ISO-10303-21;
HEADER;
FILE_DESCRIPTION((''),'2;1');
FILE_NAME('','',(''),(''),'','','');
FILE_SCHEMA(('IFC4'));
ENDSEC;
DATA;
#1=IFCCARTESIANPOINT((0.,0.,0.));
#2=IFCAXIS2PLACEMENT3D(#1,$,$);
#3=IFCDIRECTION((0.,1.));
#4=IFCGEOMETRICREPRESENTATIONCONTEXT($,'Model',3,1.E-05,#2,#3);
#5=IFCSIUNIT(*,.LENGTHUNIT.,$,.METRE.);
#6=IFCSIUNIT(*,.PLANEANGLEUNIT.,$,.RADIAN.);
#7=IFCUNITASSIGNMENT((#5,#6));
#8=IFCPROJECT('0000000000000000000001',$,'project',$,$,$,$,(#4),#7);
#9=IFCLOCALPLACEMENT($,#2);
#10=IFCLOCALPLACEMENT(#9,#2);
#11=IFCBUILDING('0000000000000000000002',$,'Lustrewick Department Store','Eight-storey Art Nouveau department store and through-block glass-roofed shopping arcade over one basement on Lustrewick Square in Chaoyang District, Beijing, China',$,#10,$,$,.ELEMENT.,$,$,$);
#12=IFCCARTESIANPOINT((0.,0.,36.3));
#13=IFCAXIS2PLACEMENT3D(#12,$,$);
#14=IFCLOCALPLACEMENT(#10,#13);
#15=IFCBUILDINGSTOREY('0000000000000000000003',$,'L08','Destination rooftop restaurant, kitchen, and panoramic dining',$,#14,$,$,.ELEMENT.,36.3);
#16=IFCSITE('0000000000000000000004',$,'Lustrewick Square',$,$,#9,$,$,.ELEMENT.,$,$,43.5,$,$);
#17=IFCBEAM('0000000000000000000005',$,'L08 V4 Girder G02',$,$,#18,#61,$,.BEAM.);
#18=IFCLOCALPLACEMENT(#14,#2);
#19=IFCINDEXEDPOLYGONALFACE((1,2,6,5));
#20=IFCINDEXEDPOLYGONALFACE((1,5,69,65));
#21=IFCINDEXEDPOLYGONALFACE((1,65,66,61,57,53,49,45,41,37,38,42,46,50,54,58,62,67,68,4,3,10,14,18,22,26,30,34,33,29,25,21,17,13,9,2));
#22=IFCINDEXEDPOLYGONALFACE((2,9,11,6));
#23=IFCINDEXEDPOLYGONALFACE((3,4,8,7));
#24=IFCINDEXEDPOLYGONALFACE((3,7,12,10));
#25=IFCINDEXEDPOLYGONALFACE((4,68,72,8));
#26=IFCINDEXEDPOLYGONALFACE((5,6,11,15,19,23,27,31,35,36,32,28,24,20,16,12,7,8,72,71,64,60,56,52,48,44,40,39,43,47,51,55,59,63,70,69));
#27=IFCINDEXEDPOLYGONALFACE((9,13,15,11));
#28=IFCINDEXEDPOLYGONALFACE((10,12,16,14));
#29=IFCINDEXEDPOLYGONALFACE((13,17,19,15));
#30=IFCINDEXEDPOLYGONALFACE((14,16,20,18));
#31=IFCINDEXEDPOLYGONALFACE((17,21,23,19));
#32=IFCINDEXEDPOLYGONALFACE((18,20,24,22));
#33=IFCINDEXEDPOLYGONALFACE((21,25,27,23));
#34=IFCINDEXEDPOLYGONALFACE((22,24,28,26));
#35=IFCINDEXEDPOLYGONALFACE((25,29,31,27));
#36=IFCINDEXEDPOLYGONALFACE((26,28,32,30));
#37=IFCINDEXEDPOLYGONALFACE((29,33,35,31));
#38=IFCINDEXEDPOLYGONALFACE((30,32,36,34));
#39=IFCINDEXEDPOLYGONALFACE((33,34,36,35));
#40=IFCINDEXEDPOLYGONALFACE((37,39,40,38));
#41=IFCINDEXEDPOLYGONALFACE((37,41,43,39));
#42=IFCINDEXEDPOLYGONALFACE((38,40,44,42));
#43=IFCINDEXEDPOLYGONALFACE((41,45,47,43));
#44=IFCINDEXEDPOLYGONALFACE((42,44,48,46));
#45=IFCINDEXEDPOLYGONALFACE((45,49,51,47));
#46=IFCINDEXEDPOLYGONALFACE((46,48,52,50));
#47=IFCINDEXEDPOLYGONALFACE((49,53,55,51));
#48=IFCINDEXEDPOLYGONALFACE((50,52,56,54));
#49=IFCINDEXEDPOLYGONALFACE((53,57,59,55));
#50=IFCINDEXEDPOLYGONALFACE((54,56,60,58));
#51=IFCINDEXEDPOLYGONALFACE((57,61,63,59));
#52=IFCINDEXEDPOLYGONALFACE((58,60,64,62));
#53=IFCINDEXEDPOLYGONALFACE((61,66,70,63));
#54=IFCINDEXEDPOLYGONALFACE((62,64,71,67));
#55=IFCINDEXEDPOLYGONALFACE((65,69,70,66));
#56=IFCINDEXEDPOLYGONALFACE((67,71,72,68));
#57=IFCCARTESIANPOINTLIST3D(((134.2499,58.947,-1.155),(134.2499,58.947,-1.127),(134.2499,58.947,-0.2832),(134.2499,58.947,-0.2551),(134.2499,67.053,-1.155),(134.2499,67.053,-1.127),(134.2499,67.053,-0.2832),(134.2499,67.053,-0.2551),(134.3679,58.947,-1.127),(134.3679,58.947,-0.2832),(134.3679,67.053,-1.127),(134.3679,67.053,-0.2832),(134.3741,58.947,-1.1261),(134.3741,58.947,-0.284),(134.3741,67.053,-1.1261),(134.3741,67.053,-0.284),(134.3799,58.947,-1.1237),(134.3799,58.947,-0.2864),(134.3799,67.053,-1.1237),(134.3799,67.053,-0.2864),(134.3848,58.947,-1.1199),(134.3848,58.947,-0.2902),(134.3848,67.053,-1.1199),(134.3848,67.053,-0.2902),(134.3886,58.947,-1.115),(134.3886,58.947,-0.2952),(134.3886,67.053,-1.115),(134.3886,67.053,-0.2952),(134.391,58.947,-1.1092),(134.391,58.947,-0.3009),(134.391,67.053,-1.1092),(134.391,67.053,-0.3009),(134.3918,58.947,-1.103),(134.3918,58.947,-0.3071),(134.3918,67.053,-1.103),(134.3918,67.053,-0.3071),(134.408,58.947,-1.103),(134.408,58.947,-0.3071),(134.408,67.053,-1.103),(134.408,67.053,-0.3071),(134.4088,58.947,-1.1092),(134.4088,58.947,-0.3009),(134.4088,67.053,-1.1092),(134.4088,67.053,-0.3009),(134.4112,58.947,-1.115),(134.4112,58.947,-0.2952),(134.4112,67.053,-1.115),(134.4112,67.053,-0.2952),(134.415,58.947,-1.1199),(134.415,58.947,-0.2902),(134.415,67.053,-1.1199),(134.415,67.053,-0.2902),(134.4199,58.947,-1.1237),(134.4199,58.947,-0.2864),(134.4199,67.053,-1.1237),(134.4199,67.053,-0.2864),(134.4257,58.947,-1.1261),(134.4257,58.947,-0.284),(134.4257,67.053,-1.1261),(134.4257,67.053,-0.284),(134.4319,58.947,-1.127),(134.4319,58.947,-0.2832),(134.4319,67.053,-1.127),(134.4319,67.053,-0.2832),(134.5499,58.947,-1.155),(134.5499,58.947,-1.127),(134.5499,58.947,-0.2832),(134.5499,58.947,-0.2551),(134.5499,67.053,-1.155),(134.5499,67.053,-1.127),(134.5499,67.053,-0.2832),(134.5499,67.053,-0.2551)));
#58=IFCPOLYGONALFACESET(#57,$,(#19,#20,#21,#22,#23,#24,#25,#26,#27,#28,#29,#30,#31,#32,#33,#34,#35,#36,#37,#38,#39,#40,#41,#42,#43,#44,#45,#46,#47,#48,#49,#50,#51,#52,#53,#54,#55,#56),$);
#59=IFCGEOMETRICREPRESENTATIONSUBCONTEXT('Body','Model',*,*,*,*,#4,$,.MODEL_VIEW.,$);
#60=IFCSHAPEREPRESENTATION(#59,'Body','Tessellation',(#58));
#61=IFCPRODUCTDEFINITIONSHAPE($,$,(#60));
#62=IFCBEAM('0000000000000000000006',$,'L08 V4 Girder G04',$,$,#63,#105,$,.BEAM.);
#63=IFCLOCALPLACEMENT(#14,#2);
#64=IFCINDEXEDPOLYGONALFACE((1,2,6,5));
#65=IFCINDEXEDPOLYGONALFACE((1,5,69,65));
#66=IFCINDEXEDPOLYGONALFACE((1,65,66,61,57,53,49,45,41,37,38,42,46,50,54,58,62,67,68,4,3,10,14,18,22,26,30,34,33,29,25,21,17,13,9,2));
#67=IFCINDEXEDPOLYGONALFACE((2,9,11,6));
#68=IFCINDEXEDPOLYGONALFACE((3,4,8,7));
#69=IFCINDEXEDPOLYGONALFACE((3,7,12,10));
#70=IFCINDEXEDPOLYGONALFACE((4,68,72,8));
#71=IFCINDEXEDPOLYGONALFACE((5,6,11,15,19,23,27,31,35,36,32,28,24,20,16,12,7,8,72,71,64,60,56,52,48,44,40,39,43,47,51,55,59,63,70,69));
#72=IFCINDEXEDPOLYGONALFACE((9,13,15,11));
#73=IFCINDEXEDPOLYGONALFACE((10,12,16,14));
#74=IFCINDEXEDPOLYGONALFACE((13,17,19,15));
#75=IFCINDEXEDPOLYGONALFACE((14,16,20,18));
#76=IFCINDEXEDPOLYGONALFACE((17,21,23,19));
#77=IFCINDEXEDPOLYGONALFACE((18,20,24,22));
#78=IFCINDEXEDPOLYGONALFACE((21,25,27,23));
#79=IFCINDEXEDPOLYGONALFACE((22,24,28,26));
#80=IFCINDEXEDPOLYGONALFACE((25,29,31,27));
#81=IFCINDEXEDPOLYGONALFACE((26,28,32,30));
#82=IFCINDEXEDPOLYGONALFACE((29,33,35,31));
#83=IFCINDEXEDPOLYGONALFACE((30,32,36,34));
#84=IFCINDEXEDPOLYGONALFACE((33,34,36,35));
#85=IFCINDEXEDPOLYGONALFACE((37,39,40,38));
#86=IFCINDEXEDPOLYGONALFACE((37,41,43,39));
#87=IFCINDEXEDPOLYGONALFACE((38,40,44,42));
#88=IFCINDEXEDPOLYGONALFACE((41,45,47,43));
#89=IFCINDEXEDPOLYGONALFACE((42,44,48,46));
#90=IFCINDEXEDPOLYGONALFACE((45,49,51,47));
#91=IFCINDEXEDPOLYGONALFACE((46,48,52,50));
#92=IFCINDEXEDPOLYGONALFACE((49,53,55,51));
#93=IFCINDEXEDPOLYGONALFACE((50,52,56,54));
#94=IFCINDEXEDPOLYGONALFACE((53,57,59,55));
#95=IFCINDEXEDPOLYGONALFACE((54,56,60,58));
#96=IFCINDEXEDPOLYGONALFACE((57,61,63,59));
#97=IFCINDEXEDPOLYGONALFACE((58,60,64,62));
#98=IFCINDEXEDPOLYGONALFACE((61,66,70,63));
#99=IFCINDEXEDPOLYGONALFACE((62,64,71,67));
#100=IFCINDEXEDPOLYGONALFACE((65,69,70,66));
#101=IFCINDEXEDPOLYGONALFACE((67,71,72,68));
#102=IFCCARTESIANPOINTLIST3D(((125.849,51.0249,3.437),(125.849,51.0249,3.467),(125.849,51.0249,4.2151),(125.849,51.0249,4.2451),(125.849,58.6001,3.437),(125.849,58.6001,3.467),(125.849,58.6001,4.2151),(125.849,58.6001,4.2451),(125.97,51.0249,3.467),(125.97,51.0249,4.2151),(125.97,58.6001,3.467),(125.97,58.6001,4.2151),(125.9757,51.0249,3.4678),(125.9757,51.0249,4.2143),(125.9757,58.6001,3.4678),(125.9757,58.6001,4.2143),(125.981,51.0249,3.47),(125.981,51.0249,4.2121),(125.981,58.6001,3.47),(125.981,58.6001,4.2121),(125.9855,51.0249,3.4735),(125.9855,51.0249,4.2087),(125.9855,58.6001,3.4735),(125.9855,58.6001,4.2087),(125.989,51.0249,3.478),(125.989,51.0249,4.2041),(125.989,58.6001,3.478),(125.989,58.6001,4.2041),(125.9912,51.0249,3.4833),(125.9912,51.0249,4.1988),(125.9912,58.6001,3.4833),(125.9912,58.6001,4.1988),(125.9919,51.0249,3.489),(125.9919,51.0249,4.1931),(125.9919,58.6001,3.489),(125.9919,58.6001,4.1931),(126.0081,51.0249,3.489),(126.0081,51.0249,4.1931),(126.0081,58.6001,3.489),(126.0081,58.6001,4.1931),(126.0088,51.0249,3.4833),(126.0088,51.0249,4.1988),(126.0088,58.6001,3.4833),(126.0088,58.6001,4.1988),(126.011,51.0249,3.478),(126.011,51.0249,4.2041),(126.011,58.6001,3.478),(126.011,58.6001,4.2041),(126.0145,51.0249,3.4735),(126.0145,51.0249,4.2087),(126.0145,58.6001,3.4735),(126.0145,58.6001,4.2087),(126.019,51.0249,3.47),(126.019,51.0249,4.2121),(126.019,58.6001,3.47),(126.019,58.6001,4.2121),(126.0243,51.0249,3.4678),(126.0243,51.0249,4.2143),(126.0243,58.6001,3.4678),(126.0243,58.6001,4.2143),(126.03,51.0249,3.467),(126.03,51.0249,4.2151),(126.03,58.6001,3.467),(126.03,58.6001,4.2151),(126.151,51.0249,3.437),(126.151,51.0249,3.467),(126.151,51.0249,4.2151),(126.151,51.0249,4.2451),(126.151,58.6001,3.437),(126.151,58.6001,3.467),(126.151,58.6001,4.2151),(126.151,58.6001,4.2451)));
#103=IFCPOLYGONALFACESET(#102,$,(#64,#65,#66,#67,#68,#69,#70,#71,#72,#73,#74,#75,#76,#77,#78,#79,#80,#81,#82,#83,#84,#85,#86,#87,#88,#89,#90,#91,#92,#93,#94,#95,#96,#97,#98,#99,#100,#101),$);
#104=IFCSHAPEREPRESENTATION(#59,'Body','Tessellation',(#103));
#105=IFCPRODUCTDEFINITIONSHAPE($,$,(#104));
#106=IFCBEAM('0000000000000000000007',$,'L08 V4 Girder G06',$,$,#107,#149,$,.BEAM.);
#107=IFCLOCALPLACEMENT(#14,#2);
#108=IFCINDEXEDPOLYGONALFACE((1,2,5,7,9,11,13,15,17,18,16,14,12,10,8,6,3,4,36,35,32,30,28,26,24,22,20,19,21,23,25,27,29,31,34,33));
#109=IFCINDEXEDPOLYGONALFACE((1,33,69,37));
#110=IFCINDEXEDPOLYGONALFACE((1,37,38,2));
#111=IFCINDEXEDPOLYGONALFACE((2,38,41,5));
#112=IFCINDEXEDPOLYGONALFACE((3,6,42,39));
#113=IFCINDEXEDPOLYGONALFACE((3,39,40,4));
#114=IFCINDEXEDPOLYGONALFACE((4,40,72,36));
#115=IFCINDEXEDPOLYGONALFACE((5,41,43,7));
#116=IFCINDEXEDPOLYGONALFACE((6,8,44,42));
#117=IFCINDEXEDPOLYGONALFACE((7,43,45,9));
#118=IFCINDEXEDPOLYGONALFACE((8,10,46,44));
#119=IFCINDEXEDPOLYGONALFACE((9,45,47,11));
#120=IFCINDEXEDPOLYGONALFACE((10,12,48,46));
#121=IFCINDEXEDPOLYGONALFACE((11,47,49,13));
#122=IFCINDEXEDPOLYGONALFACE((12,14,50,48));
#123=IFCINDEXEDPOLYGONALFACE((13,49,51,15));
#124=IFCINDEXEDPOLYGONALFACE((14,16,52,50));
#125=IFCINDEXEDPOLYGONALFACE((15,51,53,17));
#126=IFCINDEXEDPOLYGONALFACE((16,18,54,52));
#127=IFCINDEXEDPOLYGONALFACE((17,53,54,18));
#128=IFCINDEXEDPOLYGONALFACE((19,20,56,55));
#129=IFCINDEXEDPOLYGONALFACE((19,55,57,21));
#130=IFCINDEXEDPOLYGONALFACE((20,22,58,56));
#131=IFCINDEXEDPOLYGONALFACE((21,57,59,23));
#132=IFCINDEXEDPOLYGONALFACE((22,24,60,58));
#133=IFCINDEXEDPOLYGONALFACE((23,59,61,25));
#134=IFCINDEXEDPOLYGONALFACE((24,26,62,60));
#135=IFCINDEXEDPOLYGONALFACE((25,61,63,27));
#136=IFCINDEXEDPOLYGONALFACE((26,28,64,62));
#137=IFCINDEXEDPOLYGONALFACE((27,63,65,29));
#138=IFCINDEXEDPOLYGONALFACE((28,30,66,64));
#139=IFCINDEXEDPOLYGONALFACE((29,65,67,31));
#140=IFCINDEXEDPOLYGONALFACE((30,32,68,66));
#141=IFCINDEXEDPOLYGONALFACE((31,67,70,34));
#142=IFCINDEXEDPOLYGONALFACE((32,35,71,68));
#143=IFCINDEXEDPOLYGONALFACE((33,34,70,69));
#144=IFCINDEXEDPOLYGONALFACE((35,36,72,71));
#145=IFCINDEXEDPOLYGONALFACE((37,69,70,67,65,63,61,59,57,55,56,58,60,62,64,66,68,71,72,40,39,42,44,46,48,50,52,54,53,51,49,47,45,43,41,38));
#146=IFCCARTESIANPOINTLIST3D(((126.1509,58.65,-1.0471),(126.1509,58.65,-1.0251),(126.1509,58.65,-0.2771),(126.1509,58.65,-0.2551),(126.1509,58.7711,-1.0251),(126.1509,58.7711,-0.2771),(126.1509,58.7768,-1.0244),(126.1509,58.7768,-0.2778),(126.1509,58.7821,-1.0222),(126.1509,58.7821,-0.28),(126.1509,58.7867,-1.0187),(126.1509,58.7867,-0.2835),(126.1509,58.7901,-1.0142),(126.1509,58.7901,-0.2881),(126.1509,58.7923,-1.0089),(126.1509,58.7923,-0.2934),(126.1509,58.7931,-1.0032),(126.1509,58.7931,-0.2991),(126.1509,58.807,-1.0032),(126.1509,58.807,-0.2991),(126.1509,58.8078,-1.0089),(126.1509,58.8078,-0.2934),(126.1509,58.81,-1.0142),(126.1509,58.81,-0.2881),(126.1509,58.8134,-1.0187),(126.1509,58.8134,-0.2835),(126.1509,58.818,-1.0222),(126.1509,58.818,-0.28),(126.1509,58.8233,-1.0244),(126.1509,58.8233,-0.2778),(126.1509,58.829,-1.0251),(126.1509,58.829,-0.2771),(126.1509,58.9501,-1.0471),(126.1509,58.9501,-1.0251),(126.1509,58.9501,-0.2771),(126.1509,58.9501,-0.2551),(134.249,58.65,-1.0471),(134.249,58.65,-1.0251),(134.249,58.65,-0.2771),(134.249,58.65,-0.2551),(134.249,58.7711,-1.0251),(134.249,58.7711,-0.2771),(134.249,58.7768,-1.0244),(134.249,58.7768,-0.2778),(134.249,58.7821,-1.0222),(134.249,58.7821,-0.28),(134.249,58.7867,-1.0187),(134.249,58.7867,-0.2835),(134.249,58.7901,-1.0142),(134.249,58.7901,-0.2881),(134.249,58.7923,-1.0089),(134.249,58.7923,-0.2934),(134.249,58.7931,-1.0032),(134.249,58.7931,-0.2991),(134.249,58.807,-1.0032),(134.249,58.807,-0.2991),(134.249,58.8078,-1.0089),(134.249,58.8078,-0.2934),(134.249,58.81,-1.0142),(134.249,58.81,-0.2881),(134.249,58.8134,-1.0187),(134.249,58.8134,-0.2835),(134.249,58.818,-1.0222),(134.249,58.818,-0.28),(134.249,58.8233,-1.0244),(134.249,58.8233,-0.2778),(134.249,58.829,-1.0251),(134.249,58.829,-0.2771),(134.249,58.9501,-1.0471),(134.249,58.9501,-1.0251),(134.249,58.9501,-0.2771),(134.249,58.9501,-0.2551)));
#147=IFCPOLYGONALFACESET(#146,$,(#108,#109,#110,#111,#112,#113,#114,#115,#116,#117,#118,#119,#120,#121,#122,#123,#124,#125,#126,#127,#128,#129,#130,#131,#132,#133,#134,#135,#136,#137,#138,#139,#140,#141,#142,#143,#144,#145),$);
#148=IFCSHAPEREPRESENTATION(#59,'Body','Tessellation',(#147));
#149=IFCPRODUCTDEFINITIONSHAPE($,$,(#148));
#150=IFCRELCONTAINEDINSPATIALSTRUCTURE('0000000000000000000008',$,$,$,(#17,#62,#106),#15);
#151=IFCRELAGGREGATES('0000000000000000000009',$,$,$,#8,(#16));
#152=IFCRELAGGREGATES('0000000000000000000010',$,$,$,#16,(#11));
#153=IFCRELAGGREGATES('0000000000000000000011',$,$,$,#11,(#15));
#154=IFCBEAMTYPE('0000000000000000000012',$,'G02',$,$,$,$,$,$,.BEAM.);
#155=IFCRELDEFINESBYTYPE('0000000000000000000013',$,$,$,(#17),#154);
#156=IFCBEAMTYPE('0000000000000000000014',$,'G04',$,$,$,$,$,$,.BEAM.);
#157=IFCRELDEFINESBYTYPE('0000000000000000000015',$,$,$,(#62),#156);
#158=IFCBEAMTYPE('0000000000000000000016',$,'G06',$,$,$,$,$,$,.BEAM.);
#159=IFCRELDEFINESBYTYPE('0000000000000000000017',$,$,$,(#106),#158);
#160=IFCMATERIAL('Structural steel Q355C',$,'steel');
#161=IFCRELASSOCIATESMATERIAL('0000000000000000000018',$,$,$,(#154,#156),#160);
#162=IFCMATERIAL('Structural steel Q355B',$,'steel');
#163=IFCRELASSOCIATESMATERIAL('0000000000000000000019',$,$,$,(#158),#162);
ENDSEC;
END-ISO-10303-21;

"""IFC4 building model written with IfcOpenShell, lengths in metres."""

from ifc_helpers import new_model, si_unit, direction, frame, origin, origin_2d, place, context, subcontext, project, spatial, i_section, extrude, material, material_profile, profile_set, type_object, element, save


model = new_model("IFC4")

# Units and contexts
model_context = context("Model", 3, precision=1e-05, world=origin(), true_north=direction((0.0, 1.0)))
body_context = subcontext(model_context, "Body", "Model", "MODEL_VIEW")
ifc_project = project(units=[si_unit("LENGTHUNIT", "METRE"), si_unit("PLANEANGLEUNIT", "RADIAN")], contexts=[model_context])

# Site, building, storey
site_placement = place(None, origin())
site = spatial("IfcSite", under=ifc_project, at=site_placement, Name="Lustrewick Square", CompositionType="ELEMENT", RefElevation=43.5)
building_placement = place(site_placement, origin())
building = spatial("IfcBuilding", under=site, at=building_placement, Name="Lustrewick Department Store", Description="Eight-storey Art Nouveau department store and through-block glass-roofed shopping arcade over one basement on Lustrewick Square in Chaoyang District, Beijing, China", CompositionType="ELEMENT")
storey_placement = place(building_placement, frame((0.0, 0.0, 36.3)))
storey = spatial("IfcBuildingStorey", under=building, at=storey_placement, Name="L08", Description="Destination rooftop restaurant, kitchen, and panoramic dining", CompositionType="ELEMENT", Elevation=36.3)

# Shared definitions
ifc_material_1 = material(Name="Structural steel Q355B", Category="steel")

# Beams
ifc_material_2 = material(Name="Structural steel Q355C", Category="steel")
ifc_material_profile_1 = material_profile(ifc_material_2, i_section(OverallWidth=0.3, OverallDepth=0.8999, WebThickness=0.0161, FlangeThickness=0.0281, FilletRadius=0.0239, at=origin_2d()), Name="HN 900x300x16x28")
ifc_profile_set_1 = profile_set([ifc_material_profile_1], Name="Structural steel Q355C")
beam_type_1 = type_object("IfcBeamType", Name="G02", PredefinedType="BEAM", material=ifc_profile_set_1)
beam_1_placement = place(storey_placement, frame((134.3999, 58.947, -0.7051), z_axis=(0.0, 1.0, 0.0), x_axis=(-1.0, 0.0, 0.0)))
element("IfcBeam", 1, at=beam_1_placement, inside=storey, type_object=beam_type_1, Name="L08 V4 Girder G02", PredefinedType="BEAM", context=body_context, shape_type="SweptSolid", body=[
    extrude(i_section(OverallWidth=0.3, OverallDepth=0.8999, WebThickness=0.0161, FlangeThickness=0.0281, FilletRadius=0.0239, at=origin_2d()), origin(), (0.0, 0.0, 1.0), 8.106),
])
ifc_material_profile_2 = material_profile(ifc_material_2, i_section(OverallWidth=0.302, OverallDepth=0.8081, WebThickness=0.0161, FlangeThickness=0.03, FilletRadius=0.022, at=origin_2d()), Name="HN 808x302x16x30")
ifc_profile_set_2 = profile_set([ifc_material_profile_2], Name="Structural steel Q355C")
beam_type_2 = type_object("IfcBeamType", Name="G04", PredefinedType="BEAM", material=ifc_profile_set_2)
beam_2_placement = place(storey_placement, frame((126.0, 51.0249, 3.8411), z_axis=(0.0, 1.0, 0.0), x_axis=(-1.0, 0.0, 0.0)))
element("IfcBeam", 2, at=beam_2_placement, inside=storey, type_object=beam_type_2, Name="L08 V4 Girder G04", PredefinedType="BEAM", context=body_context, shape_type="SweptSolid", body=[
    extrude(i_section(OverallWidth=0.302, OverallDepth=0.8081, WebThickness=0.0161, FlangeThickness=0.03, FilletRadius=0.022, at=origin_2d()), origin(), (0.0, 0.0, 1.0), 7.5752),
])
ifc_material_profile_3 = material_profile(ifc_material_1, i_section(OverallWidth=0.3, OverallDepth=0.792, WebThickness=0.0139, FlangeThickness=0.022, FilletRadius=0.022, at=origin_2d()), Name="HN 792x300x14x22")
ifc_profile_set_3 = profile_set([ifc_material_profile_3], Name="Structural steel Q355B")
beam_type_3 = type_object("IfcBeamType", Name="G06", PredefinedType="BEAM", material=ifc_profile_set_3)
beam_3_placement = place(storey_placement, frame((126.1509, 58.8, -0.6511), z_axis=(1.0, 0.0, 0.0), x_axis=(0.0, 1.0, 0.0)))
element("IfcBeam", 3, at=beam_3_placement, inside=storey, type_object=beam_type_3, Name="L08 V4 Girder G06", PredefinedType="BEAM", context=body_context, shape_type="SweptSolid", body=[
    extrude(i_section(OverallWidth=0.3, OverallDepth=0.792, WebThickness=0.0139, FlangeThickness=0.022, FilletRadius=0.022, at=origin_2d()), origin(), (0.0, 0.0, 1.0), 8.0981),
])

save(model, "model.ifc")
